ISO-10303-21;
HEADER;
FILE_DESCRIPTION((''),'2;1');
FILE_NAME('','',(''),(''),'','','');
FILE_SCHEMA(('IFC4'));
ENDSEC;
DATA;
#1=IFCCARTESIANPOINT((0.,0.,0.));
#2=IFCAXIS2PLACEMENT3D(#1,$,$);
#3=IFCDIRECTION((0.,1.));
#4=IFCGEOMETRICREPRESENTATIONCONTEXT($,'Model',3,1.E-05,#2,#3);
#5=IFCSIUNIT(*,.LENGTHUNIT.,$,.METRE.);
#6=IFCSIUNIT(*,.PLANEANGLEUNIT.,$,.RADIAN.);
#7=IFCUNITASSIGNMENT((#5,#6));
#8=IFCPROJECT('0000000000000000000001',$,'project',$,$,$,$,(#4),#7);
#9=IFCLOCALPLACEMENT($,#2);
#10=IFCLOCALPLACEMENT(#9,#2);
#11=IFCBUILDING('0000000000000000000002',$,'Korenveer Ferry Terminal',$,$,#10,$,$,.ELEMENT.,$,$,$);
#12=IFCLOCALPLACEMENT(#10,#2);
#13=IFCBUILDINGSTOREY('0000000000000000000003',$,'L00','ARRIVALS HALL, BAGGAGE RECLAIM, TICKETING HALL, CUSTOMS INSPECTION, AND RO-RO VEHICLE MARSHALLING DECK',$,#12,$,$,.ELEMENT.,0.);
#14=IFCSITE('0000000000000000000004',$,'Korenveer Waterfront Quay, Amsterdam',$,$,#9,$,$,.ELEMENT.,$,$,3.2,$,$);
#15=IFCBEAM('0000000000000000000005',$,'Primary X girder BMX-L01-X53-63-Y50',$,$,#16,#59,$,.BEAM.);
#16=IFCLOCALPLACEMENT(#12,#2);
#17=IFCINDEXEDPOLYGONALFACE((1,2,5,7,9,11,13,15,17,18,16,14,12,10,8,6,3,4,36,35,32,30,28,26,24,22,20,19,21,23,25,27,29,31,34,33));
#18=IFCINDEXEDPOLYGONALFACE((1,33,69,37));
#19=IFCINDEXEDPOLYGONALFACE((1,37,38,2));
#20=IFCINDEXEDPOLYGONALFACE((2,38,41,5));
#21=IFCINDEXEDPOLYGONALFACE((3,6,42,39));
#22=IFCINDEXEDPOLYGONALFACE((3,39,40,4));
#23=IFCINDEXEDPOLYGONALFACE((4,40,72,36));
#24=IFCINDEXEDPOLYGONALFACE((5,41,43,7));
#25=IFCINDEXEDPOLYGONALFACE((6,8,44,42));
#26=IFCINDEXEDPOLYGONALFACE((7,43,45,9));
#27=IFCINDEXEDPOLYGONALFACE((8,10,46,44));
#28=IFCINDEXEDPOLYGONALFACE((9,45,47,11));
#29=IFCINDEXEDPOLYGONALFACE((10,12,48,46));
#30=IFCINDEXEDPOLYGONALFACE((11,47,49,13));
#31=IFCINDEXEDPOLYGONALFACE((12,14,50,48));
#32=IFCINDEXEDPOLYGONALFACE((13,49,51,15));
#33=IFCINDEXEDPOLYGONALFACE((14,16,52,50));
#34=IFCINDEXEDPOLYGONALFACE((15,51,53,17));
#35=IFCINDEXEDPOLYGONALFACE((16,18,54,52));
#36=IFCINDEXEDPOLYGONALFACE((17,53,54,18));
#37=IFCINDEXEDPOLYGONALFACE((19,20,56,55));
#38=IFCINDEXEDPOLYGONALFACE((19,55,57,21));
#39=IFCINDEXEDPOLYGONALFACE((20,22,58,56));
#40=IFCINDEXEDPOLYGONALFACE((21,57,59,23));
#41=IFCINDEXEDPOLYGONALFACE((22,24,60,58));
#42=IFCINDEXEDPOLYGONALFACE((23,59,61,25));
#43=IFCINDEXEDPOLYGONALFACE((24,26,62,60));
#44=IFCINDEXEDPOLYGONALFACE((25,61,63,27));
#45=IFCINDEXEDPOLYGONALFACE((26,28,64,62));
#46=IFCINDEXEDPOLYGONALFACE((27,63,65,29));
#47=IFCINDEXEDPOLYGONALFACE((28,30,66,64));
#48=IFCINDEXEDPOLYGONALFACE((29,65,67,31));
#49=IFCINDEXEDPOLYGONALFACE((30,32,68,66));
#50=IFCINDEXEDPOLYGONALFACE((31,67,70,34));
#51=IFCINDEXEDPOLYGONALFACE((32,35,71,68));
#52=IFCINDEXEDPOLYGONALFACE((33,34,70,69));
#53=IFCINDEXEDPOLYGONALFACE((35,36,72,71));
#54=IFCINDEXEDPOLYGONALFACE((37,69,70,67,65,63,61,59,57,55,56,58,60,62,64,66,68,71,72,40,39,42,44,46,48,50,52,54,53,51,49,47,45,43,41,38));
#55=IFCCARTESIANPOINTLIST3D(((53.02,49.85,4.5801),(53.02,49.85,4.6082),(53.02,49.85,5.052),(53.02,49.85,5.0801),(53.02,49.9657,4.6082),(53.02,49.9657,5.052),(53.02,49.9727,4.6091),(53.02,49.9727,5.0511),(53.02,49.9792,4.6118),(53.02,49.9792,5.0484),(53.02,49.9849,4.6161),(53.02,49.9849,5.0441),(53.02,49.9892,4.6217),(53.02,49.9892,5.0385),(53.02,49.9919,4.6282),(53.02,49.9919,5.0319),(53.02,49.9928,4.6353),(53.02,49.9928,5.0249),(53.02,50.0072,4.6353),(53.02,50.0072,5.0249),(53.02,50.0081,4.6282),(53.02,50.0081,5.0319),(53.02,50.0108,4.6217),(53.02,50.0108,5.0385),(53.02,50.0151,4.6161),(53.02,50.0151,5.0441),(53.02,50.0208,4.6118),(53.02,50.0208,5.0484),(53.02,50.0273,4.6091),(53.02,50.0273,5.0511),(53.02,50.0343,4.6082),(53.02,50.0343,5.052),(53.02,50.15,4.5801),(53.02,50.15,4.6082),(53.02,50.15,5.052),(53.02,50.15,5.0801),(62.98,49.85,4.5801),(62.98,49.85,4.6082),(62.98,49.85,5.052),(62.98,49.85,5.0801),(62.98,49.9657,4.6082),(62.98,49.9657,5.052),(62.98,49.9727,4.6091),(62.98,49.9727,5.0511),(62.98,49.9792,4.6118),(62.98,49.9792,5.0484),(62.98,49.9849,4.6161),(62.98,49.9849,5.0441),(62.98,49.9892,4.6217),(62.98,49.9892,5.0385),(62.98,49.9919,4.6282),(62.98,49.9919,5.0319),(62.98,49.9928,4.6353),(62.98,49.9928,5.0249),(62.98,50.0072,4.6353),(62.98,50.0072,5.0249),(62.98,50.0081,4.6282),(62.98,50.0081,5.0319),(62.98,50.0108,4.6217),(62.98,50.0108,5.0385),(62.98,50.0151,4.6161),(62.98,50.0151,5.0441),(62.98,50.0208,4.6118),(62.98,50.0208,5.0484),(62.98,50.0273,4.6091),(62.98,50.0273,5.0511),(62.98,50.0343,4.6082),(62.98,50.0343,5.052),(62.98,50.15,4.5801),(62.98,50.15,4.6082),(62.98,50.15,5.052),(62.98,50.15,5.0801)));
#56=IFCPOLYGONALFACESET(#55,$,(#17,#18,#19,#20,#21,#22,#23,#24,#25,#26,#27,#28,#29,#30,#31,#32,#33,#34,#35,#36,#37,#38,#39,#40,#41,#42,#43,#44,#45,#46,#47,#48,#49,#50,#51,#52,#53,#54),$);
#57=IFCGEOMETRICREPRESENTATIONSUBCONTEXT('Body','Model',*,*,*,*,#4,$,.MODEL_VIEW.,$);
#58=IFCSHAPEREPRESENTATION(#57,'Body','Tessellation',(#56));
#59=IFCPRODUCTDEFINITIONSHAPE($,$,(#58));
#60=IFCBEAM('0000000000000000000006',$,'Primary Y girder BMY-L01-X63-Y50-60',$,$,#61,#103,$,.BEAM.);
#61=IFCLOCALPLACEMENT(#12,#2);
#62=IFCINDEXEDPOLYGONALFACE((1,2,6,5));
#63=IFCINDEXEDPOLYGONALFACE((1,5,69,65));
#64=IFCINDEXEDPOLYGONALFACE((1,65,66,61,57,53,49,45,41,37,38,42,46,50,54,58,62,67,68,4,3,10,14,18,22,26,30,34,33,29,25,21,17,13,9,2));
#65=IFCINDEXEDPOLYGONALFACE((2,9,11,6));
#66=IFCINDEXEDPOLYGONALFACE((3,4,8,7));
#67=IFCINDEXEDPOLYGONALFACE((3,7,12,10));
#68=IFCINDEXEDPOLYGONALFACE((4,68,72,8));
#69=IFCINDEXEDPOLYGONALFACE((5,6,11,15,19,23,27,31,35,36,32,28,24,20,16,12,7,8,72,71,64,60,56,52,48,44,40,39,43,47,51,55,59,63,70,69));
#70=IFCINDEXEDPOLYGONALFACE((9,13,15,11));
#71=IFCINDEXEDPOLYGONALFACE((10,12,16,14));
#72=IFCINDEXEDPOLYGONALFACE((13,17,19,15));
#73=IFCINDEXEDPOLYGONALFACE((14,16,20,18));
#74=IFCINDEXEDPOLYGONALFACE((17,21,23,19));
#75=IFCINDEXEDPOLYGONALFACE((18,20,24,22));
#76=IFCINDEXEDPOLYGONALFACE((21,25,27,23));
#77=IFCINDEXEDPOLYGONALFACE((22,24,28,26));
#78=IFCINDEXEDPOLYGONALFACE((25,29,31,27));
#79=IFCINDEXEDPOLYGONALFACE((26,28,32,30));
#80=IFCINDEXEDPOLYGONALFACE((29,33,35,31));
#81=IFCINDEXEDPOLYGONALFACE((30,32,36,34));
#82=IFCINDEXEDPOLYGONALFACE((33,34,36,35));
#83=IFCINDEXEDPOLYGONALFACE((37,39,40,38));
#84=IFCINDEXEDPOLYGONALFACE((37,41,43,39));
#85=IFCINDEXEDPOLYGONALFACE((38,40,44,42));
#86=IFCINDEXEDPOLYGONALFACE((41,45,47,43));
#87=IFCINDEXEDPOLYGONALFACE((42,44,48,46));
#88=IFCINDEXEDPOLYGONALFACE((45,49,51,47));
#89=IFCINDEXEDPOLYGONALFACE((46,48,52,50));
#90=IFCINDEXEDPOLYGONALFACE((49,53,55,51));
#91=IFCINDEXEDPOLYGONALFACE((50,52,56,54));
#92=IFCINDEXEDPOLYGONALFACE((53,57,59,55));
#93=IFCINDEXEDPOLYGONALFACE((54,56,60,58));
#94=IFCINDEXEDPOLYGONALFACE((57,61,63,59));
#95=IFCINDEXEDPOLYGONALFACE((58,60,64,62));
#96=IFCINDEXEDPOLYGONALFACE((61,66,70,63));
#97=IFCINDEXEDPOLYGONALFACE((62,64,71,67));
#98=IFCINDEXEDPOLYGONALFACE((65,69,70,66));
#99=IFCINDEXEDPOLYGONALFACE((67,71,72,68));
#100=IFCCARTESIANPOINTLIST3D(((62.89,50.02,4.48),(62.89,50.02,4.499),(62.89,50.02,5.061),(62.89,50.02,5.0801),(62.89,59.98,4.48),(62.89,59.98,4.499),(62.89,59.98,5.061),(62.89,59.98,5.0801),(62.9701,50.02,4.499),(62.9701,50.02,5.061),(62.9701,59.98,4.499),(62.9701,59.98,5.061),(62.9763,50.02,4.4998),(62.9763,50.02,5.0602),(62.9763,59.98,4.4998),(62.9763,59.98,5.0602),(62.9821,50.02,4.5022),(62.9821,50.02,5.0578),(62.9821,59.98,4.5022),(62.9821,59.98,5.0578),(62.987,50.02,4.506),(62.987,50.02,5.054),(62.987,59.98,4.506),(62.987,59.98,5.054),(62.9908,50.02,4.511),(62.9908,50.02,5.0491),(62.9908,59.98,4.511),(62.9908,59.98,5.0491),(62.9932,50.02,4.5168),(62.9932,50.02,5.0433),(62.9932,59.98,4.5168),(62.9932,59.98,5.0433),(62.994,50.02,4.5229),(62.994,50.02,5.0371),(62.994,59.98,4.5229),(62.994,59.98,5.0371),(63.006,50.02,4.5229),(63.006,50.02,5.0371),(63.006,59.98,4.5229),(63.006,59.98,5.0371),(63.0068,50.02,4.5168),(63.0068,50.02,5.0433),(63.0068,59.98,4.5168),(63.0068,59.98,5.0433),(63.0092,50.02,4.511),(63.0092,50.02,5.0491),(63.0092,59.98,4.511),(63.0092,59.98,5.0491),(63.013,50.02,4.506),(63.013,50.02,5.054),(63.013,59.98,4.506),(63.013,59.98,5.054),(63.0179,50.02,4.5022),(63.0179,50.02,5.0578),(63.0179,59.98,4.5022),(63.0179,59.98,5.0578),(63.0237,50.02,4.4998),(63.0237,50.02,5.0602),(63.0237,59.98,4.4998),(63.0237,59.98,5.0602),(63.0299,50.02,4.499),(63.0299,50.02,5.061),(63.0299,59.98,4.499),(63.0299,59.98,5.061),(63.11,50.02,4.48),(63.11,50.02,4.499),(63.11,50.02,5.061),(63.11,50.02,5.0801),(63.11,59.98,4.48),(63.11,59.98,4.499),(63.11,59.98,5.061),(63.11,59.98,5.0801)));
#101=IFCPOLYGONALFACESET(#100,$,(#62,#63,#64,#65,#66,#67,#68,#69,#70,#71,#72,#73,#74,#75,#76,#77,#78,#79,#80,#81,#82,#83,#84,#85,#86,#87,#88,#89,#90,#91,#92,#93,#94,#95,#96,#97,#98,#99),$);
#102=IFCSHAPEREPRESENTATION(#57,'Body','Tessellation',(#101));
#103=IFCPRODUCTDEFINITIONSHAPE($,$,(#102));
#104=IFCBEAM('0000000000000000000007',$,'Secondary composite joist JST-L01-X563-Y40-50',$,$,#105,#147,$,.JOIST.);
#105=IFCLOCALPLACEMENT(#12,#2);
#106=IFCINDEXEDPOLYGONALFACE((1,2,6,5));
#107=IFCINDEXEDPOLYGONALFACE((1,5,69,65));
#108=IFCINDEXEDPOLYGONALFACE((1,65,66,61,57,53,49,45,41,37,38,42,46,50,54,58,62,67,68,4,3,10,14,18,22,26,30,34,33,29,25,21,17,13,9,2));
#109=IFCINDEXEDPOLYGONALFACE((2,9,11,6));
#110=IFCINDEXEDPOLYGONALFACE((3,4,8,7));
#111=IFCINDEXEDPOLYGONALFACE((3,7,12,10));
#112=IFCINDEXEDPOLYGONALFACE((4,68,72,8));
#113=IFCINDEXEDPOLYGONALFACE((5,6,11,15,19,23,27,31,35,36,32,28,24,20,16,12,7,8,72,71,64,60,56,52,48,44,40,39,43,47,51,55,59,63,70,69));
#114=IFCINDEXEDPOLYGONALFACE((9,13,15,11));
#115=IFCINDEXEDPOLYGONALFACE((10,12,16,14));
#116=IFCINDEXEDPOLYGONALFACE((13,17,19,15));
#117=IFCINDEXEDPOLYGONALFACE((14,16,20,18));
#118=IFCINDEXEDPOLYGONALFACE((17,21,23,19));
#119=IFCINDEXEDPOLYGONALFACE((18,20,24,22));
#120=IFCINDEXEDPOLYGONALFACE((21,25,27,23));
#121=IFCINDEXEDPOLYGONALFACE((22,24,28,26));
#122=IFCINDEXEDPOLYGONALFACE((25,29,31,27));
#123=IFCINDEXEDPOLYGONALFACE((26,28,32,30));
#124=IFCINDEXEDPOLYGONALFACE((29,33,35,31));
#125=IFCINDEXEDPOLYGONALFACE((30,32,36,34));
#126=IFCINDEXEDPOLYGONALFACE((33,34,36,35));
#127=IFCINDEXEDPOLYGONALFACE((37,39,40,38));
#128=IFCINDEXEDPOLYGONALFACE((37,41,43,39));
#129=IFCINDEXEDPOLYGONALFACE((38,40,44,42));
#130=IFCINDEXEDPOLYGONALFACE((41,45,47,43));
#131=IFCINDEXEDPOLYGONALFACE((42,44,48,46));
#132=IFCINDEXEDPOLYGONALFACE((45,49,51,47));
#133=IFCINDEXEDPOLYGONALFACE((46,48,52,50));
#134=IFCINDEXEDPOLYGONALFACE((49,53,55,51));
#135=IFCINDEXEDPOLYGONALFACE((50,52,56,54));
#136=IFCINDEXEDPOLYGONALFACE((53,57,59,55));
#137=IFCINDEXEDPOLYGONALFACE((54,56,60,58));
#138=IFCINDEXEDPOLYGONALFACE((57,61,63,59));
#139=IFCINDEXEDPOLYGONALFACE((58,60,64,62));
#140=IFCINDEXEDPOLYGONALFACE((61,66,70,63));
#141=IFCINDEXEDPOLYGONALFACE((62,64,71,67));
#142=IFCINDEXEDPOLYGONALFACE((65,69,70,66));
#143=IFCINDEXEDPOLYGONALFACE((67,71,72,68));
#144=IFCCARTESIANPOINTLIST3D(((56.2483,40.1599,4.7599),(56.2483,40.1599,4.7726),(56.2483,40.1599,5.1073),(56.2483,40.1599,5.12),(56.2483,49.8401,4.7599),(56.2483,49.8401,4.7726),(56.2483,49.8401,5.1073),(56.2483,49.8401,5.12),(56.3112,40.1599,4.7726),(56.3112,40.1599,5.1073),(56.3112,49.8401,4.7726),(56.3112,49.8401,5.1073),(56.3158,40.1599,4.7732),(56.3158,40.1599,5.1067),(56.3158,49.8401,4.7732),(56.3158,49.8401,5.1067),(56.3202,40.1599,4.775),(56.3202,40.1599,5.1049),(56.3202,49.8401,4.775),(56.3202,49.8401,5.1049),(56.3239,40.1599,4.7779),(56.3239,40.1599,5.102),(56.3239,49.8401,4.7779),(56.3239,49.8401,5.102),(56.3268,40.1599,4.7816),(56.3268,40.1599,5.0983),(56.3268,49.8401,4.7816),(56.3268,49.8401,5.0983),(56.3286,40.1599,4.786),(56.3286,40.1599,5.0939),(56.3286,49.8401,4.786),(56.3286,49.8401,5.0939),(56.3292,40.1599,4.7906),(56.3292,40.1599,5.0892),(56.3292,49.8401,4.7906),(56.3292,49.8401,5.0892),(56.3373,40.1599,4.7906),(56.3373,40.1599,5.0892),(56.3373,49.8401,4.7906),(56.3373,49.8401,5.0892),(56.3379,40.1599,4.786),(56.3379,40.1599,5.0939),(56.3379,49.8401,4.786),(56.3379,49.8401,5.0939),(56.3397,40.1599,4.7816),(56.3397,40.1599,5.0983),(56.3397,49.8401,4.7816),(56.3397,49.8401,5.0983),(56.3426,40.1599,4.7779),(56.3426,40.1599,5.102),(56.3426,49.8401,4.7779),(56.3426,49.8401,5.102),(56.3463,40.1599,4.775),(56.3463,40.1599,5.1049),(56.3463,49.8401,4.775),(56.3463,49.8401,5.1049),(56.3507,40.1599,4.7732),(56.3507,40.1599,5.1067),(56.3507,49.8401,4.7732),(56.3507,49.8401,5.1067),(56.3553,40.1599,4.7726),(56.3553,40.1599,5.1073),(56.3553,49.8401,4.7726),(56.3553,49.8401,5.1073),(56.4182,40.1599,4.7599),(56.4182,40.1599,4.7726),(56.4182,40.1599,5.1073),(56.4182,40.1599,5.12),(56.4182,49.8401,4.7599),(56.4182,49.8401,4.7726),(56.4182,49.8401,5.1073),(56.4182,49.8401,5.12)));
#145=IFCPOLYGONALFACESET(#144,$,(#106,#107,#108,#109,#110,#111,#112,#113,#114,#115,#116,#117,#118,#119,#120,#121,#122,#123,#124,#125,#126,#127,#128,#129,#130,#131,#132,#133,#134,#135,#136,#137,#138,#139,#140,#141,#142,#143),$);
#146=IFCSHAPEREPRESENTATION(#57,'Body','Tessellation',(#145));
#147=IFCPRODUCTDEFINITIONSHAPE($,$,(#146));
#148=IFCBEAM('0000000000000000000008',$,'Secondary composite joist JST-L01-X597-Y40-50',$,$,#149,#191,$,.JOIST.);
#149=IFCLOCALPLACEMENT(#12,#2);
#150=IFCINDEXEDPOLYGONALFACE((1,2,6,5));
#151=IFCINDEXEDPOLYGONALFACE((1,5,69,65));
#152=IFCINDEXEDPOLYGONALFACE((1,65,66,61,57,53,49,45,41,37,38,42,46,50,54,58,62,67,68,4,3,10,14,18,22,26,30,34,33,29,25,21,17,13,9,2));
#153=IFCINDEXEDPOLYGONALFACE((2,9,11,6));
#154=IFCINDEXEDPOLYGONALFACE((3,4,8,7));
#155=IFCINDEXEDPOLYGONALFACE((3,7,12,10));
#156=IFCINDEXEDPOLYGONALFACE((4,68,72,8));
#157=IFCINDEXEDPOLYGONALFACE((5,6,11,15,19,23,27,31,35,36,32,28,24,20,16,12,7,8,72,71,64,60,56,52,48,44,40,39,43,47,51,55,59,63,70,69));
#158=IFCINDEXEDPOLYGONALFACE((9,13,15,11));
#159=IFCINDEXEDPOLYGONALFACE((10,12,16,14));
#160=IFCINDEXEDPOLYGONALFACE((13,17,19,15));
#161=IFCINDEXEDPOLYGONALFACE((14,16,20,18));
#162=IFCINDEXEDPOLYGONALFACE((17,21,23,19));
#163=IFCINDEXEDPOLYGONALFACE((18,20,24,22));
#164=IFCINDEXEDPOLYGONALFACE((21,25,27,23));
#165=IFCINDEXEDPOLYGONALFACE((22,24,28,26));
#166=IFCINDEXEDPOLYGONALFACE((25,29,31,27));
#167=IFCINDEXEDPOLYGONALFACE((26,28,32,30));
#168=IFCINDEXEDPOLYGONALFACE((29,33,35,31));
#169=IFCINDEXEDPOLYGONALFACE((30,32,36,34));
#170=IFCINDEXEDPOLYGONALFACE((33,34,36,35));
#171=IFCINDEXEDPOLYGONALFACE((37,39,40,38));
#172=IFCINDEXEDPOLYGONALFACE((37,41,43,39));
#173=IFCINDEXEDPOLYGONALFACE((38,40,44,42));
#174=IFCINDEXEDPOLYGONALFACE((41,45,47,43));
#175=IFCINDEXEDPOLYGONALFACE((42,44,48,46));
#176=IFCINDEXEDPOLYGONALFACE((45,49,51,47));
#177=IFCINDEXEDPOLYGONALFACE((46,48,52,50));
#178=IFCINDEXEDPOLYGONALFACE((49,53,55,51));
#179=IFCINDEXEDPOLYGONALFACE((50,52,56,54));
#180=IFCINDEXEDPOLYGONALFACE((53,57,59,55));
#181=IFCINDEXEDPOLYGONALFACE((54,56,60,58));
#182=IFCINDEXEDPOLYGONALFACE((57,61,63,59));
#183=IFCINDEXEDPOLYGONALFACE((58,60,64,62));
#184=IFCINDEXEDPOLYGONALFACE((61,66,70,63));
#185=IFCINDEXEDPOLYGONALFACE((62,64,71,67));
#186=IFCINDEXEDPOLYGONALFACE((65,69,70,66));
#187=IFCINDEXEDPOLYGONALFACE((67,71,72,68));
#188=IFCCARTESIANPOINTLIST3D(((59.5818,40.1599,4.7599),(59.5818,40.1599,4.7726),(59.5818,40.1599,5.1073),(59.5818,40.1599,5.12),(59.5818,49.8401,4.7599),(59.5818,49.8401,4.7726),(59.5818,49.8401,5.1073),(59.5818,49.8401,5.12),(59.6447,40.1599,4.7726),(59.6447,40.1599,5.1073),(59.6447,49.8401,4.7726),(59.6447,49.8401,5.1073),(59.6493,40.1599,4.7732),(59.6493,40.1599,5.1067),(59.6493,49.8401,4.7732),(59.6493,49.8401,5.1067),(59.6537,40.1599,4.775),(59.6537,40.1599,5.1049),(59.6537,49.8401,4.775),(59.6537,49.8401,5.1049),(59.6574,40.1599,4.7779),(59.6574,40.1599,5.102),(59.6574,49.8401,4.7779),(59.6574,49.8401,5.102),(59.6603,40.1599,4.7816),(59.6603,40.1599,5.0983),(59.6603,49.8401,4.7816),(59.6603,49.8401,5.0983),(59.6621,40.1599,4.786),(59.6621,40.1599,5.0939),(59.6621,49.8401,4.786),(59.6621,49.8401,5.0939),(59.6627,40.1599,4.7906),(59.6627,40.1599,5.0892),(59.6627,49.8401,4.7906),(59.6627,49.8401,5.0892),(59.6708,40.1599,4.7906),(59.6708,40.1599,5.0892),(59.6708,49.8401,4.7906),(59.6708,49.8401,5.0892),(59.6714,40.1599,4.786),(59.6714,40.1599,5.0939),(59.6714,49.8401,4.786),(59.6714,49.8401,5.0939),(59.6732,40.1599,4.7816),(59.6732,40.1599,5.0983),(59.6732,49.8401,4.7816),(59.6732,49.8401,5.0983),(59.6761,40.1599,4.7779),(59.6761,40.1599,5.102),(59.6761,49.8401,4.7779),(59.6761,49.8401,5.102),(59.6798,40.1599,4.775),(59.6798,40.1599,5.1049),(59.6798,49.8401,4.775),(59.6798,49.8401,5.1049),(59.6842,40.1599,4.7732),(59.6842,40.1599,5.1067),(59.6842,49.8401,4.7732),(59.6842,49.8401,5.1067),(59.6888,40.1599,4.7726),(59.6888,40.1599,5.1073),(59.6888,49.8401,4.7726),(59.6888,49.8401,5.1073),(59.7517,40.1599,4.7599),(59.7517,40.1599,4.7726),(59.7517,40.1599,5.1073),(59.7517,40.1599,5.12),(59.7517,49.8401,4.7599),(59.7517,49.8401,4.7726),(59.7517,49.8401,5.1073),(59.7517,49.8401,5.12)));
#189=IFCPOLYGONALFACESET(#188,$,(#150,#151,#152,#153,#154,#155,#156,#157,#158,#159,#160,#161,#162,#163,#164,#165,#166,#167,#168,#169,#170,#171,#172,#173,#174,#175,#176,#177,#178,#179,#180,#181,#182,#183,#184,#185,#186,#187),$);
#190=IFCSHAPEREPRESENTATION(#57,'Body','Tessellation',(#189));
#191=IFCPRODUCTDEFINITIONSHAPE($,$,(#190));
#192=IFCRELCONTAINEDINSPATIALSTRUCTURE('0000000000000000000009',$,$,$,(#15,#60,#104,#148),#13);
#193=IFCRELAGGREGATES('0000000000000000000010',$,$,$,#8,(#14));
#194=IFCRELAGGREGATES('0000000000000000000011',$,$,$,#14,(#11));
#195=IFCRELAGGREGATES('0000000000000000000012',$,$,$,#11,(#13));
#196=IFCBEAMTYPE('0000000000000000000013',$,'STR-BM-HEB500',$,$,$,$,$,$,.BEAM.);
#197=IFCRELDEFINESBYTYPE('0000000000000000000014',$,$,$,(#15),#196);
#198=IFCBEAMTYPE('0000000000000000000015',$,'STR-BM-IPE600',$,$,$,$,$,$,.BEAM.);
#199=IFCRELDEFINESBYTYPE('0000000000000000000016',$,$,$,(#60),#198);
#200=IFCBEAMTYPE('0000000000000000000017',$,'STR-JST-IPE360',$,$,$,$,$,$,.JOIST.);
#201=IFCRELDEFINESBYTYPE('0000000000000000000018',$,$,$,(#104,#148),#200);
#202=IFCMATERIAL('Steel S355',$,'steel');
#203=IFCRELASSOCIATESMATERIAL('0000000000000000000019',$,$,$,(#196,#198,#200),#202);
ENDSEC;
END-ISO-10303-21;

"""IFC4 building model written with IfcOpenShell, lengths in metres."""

from ifc_helpers import new_model, si_unit, direction, frame, origin, origin_2d, place, context, subcontext, project, spatial, i_section, extrude, material, material_profile, profile_set, type_object, element, save


model = new_model("IFC4")

# Units and contexts
model_context = context("Model", 3, precision=1e-05, world=origin(), true_north=direction((0.0, 1.0)))
body_context = subcontext(model_context, "Body", "Model", "MODEL_VIEW")
ifc_project = project(units=[si_unit("LENGTHUNIT", "METRE"), si_unit("PLANEANGLEUNIT", "RADIAN")], contexts=[model_context])

# Site, building, storey
site_placement = place(None, origin())
site = spatial("IfcSite", under=ifc_project, at=site_placement, Name="Korenveer Waterfront Quay, Amsterdam", CompositionType="ELEMENT", RefElevation=3.2)
building_placement = place(site_placement, origin())
building = spatial("IfcBuilding", under=site, at=building_placement, Name="Korenveer Ferry Terminal", CompositionType="ELEMENT")
storey_placement = place(building_placement, origin())
storey = spatial("IfcBuildingStorey", under=building, at=storey_placement, Name="L00", Description="ARRIVALS HALL, BAGGAGE RECLAIM, TICKETING HALL, CUSTOMS INSPECTION, AND RO-RO VEHICLE MARSHALLING DECK", CompositionType="ELEMENT", Elevation=0.0)

# Shared definitions
ifc_material_1 = material(Name="Steel S355", Category="steel")

# Beams
ifc_material_profile_1 = material_profile(ifc_material_1, i_section(OverallWidth=0.3, OverallDepth=0.5, WebThickness=0.0144, FlangeThickness=0.0281, FilletRadius=0.0271, at=origin_2d()), Name="HEB 500")
ifc_profile_set_1 = profile_set([ifc_material_profile_1], Name="Steel S355")
beam_type_1 = type_object("IfcBeamType", Name="STR-BM-HEB500", PredefinedType="BEAM", material=ifc_profile_set_1)
beam_1_placement = place(storey_placement, frame((53.02, 50.0, 4.8301), z_axis=(1.0, 0.0, 0.0), x_axis=(0.0, 1.0, 0.0)))
element("IfcBeam", 1, at=beam_1_placement, inside=storey, type_object=beam_type_1, Name="Primary X girder BMX-L01-X53-63-Y50", PredefinedType="BEAM", context=body_context, shape_type="SweptSolid", body=[
    extrude(i_section(OverallWidth=0.3, OverallDepth=0.5, WebThickness=0.0144, FlangeThickness=0.0281, FilletRadius=0.0271, at=origin_2d()), origin(), (0.0, 0.0, 1.0), 9.96),
])
ifc_material_profile_2 = material_profile(ifc_material_1, i_section(OverallWidth=0.22, OverallDepth=0.6001, WebThickness=0.012, FlangeThickness=0.019, FilletRadius=0.0239, at=origin_2d()), Name="IPE 600")
ifc_profile_set_2 = profile_set([ifc_material_profile_2], Name="Steel S355")
beam_type_2 = type_object("IfcBeamType", Name="STR-BM-IPE600", PredefinedType="BEAM", material=ifc_profile_set_2)
beam_2_placement = place(storey_placement, frame((63.0, 50.02, 4.78), z_axis=(0.0, 1.0, 0.0), x_axis=(-1.0, 0.0, 0.0)))
element("IfcBeam", 2, at=beam_2_placement, inside=storey, type_object=beam_type_2, Name="Primary Y girder BMY-L01-X63-Y50-60", PredefinedType="BEAM", context=body_context, shape_type="SweptSolid", body=[
    extrude(i_section(OverallWidth=0.22, OverallDepth=0.6001, WebThickness=0.012, FlangeThickness=0.019, FilletRadius=0.0239, at=origin_2d()), origin(), (0.0, 0.0, 1.0), 9.96),
])
ifc_material_profile_3 = material_profile(ifc_material_1, i_section(OverallWidth=0.1699, OverallDepth=0.3601, WebThickness=0.0081, FlangeThickness=0.0127, FilletRadius=0.0181, at=origin_2d()), Name="IPE 360")
ifc_profile_set_3 = profile_set([ifc_material_profile_3], Name="Steel S355")
beam_type_3 = type_object("IfcBeamType", Name="STR-JST-IPE360", PredefinedType="JOIST", material=ifc_profile_set_3)
for number, where, z_axis, x_axis, name in (
    (3, (56.3333, 40.1599, 4.9399), (0.0, 1.0, 0.0), (-1.0, 0.0, 0.0), "Secondary composite joist JST-L01-X563-Y40-50"),
    (4, (59.6667, 40.1599, 4.9399), (0.0, 1.0, 0.0), (-1.0, 0.0, 0.0), "Secondary composite joist JST-L01-X597-Y40-50"),
):
    element("IfcBeam", number, at=place(storey_placement, frame(where, z_axis=z_axis, x_axis=x_axis)), inside=storey, type_object=beam_type_3, Name=name, PredefinedType="JOIST", context=body_context, shape_type="SweptSolid", body=[
        extrude(i_section(OverallWidth=0.1699, OverallDepth=0.3601, WebThickness=0.0081, FlangeThickness=0.0127, FilletRadius=0.0181, at=origin_2d()), origin(), (0.0, 0.0, 1.0), 9.6802),
    ])

save(model, "model.ifc")
